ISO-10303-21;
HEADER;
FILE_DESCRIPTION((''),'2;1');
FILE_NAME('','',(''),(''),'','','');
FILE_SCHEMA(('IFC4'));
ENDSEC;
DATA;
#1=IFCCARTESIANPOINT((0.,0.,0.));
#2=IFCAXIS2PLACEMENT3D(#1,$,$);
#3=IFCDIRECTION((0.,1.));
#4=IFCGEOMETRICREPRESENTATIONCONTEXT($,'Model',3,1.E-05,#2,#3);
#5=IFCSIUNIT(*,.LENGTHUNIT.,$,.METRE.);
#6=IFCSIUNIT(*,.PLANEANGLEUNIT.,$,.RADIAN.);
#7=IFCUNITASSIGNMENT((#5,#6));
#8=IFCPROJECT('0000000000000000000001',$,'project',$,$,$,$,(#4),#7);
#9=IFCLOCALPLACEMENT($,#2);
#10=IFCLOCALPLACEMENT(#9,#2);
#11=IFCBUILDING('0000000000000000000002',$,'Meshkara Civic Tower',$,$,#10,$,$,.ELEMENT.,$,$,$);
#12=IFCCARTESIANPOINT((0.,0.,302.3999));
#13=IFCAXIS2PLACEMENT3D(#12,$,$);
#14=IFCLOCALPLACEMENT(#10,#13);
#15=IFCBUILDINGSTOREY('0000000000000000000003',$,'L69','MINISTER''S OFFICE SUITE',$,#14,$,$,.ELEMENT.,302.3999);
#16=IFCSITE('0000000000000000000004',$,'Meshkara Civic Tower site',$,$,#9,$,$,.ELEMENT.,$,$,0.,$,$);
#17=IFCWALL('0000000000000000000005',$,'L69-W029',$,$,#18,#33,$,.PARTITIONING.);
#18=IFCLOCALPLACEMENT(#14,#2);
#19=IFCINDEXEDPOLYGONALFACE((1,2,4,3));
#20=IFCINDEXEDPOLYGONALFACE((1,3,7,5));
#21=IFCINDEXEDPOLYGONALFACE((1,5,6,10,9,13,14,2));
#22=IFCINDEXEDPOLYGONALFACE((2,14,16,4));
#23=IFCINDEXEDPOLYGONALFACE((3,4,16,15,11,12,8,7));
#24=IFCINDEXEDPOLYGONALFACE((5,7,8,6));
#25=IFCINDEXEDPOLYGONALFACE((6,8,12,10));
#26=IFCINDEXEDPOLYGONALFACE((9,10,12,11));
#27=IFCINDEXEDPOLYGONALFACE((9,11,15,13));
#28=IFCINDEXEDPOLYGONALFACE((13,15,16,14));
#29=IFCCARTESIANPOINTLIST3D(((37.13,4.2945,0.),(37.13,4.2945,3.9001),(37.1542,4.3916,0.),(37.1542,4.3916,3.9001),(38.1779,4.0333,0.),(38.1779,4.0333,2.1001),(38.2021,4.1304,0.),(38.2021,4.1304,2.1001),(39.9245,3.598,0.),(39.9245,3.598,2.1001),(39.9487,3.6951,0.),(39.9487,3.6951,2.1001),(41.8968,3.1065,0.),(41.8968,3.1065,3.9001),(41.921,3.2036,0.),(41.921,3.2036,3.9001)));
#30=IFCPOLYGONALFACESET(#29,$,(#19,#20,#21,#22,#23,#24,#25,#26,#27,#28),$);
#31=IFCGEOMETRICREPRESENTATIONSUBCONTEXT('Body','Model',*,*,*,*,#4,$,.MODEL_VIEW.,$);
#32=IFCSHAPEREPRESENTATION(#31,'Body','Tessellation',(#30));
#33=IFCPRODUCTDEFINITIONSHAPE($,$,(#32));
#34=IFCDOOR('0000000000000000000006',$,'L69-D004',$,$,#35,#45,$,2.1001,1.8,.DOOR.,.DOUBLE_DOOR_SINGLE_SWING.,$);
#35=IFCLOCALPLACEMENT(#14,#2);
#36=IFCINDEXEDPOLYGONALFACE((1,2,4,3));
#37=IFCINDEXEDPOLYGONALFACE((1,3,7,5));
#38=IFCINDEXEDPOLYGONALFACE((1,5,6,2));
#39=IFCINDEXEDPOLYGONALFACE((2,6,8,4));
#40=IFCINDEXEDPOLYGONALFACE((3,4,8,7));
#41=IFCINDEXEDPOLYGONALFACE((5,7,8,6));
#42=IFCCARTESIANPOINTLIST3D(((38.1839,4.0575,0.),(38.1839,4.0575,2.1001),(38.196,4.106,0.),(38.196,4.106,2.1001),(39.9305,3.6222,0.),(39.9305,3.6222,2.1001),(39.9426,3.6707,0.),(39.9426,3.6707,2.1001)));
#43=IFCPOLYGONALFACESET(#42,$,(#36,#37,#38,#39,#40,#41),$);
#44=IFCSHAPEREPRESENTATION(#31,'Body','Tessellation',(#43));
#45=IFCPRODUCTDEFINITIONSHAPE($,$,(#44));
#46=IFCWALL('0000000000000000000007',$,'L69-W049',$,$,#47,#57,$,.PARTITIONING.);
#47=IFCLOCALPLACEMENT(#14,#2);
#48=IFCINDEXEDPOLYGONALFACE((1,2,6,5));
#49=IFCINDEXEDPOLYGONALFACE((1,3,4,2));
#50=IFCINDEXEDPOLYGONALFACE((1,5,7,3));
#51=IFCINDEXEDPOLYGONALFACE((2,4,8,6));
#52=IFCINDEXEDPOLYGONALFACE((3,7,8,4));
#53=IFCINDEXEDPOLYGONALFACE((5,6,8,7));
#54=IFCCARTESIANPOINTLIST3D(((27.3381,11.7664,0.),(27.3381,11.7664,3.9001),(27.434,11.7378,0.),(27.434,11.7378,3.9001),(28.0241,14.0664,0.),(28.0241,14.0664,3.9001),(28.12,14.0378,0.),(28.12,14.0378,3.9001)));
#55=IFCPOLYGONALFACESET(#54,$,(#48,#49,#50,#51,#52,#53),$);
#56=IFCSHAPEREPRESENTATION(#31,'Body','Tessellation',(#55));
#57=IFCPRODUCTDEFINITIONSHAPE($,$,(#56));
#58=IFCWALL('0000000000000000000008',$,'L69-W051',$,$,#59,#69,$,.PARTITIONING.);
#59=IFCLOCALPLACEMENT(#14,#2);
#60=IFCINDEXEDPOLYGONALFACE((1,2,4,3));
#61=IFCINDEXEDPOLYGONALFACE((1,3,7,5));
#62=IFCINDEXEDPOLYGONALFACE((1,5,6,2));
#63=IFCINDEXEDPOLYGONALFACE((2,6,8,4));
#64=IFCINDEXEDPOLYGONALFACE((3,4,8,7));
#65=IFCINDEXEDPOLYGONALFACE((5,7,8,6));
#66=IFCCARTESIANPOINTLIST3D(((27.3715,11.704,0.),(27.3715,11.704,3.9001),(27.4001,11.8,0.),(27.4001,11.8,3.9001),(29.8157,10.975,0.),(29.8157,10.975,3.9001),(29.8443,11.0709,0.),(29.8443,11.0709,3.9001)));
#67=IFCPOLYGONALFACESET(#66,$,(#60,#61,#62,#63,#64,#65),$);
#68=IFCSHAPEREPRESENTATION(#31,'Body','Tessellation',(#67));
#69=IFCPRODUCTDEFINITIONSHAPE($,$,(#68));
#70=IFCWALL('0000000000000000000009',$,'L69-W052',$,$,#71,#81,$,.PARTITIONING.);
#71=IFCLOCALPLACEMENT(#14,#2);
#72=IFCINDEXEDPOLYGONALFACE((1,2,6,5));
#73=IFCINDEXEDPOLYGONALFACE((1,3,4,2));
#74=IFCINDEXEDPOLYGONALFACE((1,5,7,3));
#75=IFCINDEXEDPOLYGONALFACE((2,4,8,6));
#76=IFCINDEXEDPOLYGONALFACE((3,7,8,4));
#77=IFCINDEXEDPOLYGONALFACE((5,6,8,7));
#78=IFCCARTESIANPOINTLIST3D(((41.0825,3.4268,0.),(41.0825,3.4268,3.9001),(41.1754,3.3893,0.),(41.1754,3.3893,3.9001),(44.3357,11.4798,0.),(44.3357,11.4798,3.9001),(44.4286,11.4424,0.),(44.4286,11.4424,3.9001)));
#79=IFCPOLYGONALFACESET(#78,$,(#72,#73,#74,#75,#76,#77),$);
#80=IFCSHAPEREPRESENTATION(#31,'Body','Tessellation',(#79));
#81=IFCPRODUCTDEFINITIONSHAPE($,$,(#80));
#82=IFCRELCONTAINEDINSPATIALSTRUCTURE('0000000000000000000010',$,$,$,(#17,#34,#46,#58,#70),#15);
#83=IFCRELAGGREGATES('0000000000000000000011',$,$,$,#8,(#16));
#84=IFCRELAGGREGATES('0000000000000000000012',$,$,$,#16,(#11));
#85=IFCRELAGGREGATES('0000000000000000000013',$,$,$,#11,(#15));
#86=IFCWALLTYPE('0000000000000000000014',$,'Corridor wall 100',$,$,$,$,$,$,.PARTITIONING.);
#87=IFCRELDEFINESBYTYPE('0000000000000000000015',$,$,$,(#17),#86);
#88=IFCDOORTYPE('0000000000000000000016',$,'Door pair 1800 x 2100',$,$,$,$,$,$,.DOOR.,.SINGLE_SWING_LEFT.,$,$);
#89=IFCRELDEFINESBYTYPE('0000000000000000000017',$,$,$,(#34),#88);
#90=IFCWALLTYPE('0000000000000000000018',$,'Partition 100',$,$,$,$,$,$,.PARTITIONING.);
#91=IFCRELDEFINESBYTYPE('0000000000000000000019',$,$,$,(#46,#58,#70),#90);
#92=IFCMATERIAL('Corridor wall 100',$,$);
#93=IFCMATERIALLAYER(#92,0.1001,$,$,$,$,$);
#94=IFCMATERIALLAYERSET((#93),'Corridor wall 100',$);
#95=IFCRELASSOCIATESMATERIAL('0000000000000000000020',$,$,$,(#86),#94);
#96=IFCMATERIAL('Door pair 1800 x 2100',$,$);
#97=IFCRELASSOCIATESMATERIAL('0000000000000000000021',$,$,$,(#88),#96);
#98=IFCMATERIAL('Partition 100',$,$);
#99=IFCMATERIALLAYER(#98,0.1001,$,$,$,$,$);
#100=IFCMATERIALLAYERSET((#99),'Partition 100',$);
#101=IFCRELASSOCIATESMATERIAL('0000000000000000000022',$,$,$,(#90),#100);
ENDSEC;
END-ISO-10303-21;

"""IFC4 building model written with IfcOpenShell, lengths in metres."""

from ifc_helpers import new_model, si_unit, direction, frame, frame_2d, origin, place, context, subcontext, project, spatial, rectangle, extrude, material, layer, layer_set, type_object, element, fill, save


model = new_model("IFC4")

# Units and contexts
model_context = context("Model", 3, precision=1e-05, world=origin(), true_north=direction((0.0, 1.0)))
body_context = subcontext(model_context, "Body", "Model", "MODEL_VIEW")
ifc_project = project(units=[si_unit("LENGTHUNIT", "METRE"), si_unit("PLANEANGLEUNIT", "RADIAN")], contexts=[model_context])

# Site, building, storey
site_placement = place(None, origin())
site = spatial("IfcSite", under=ifc_project, at=site_placement, Name="Meshkara Civic Tower site", CompositionType="ELEMENT", RefElevation=0.0)
building_placement = place(site_placement, origin())
building = spatial("IfcBuilding", under=site, at=building_placement, Name="Meshkara Civic Tower", CompositionType="ELEMENT")
storey_placement = place(building_placement, frame((0.0, 0.0, 302.3999)))
storey = spatial("IfcBuildingStorey", under=building, at=storey_placement, Name="L69", Description="MINISTER'S OFFICE SUITE", CompositionType="ELEMENT", Elevation=302.3999)

# Shared definitions
ifc_material_1 = material(Name="Corridor wall 100")
ifc_layer_1 = layer(ifc_material_1, 0.1001)
ifc_layer_set_1 = layer_set([ifc_layer_1], Name="Corridor wall 100")
wall_type_1 = type_object("IfcWallType", Name="Corridor wall 100", PredefinedType="PARTITIONING", material=ifc_layer_set_1)

# Wall, opening, door
wall_1_placement = place(storey_placement, frame((37.1421, 4.343, 0.0), z_axis=(0.0, 0.0, 1.0), x_axis=(0.970321, -0.241822, 0.0)))
wall_1 = element("IfcWall", 1, at=wall_1_placement, inside=storey, type_object=wall_type_1, Name="L69-W029", PredefinedType="PARTITIONING", context=body_context, shape_type="SweptSolid", body=[
    extrude(rectangle(XDim=4.9126, YDim=0.1001, at=frame_2d((2.4563, 0.0))), origin(), (0.0, 0.0, 1.0), 3.9001),
])
opening_1_placement = place(wall_1_placement, frame((1.0801, 0.0, 0.0)))
opening_1 = element("IfcOpeningElement", 2, at=opening_1_placement, cuts=wall_1, PredefinedType="OPENING", context=body_context, shape_type="SweptSolid", body=[
    extrude(rectangle(XDim=1.8, YDim=2.1001, at=frame_2d((0.8999, 1.05))), frame((0.0, 0.0601, 0.0), z_axis=(0.0, -1.0, 0.0), x_axis=(1.0, 0.0, 0.0)), (0.0, 0.0, 1.0), 0.1201),
])
ifc_material_2 = material(Name="Door pair 1800 x 2100")
door_type_1 = type_object("IfcDoorType", Name="Door pair 1800 x 2100", OperationType="SINGLE_SWING_LEFT", PredefinedType="DOOR", material=ifc_material_2)
door_1_placement = place(opening_1_placement, origin())
door_1 = element("IfcDoor", 3, at=door_1_placement, inside=storey, type_object=door_type_1, Name="L69-D004", OperationType="DOUBLE_DOOR_SINGLE_SWING", OverallHeight=2.1001, OverallWidth=1.8, PredefinedType="DOOR", context=body_context, shape_type="SweptSolid", body=[
    extrude(rectangle(XDim=1.8, YDim=2.1001, at=frame_2d((0.8999, 1.05))), frame((0.0, 0.0249, 0.0), z_axis=(0.0, -1.0, 0.0), x_axis=(1.0, 0.0, 0.0)), (0.0, 0.0, 1.0), 0.05),
])
fill(opening_1, door_1)

# Walls
ifc_material_3 = material(Name="Partition 100")
ifc_layer_2 = layer(ifc_material_3, 0.1001)
ifc_layer_set_2 = layer_set([ifc_layer_2], Name="Partition 100")
wall_type_2 = type_object("IfcWallType", Name="Partition 100", PredefinedType="PARTITIONING", material=ifc_layer_set_2)
wall_2_placement = place(storey_placement, frame((27.386, 11.752, 0.0), z_axis=(0.0, 0.0, 1.0), x_axis=(0.285826, 0.958281, 0.0)))
element("IfcWall", 4, at=wall_2_placement, inside=storey, type_object=wall_type_2, Name="L69-W049", PredefinedType="PARTITIONING", context=body_context, shape_type="SweptSolid", body=[
    extrude(rectangle(XDim=2.4001, YDim=0.1001, at=frame_2d((1.2002, 0.0))), origin(), (0.0, 0.0, 1.0), 3.9001),
])
wall_3_placement = place(storey_placement, frame((29.8301, 11.0229, 0.0), z_axis=(0.0, 0.0, 1.0), x_axis=(-0.958281, 0.285828, 0.0)))
element("IfcWall", 5, at=wall_3_placement, inside=storey, type_object=wall_type_2, Name="L69-W051", PredefinedType="PARTITIONING", context=body_context, shape_type="SweptSolid", body=[
    extrude(rectangle(XDim=2.5505, YDim=0.1001, at=frame_2d((1.2754, 0.0))), origin(), (0.0, 0.0, 1.0), 3.9001),
])
wall_4_placement = place(storey_placement, frame((41.1289, 3.408, 0.0), z_axis=(0.0, 0.0, 1.0), x_axis=(0.374563, 0.927201, 0.0)))
element("IfcWall", 6, at=wall_4_placement, inside=storey, type_object=wall_type_2, Name="L69-W052", PredefinedType="PARTITIONING", context=body_context, shape_type="SweptSolid", body=[
    extrude(rectangle(XDim=8.6853, YDim=0.1001, at=frame_2d((4.3428, 0.0))), origin(), (0.0, 0.0, 1.0), 3.9001),
])

save(model, "model.ifc")
